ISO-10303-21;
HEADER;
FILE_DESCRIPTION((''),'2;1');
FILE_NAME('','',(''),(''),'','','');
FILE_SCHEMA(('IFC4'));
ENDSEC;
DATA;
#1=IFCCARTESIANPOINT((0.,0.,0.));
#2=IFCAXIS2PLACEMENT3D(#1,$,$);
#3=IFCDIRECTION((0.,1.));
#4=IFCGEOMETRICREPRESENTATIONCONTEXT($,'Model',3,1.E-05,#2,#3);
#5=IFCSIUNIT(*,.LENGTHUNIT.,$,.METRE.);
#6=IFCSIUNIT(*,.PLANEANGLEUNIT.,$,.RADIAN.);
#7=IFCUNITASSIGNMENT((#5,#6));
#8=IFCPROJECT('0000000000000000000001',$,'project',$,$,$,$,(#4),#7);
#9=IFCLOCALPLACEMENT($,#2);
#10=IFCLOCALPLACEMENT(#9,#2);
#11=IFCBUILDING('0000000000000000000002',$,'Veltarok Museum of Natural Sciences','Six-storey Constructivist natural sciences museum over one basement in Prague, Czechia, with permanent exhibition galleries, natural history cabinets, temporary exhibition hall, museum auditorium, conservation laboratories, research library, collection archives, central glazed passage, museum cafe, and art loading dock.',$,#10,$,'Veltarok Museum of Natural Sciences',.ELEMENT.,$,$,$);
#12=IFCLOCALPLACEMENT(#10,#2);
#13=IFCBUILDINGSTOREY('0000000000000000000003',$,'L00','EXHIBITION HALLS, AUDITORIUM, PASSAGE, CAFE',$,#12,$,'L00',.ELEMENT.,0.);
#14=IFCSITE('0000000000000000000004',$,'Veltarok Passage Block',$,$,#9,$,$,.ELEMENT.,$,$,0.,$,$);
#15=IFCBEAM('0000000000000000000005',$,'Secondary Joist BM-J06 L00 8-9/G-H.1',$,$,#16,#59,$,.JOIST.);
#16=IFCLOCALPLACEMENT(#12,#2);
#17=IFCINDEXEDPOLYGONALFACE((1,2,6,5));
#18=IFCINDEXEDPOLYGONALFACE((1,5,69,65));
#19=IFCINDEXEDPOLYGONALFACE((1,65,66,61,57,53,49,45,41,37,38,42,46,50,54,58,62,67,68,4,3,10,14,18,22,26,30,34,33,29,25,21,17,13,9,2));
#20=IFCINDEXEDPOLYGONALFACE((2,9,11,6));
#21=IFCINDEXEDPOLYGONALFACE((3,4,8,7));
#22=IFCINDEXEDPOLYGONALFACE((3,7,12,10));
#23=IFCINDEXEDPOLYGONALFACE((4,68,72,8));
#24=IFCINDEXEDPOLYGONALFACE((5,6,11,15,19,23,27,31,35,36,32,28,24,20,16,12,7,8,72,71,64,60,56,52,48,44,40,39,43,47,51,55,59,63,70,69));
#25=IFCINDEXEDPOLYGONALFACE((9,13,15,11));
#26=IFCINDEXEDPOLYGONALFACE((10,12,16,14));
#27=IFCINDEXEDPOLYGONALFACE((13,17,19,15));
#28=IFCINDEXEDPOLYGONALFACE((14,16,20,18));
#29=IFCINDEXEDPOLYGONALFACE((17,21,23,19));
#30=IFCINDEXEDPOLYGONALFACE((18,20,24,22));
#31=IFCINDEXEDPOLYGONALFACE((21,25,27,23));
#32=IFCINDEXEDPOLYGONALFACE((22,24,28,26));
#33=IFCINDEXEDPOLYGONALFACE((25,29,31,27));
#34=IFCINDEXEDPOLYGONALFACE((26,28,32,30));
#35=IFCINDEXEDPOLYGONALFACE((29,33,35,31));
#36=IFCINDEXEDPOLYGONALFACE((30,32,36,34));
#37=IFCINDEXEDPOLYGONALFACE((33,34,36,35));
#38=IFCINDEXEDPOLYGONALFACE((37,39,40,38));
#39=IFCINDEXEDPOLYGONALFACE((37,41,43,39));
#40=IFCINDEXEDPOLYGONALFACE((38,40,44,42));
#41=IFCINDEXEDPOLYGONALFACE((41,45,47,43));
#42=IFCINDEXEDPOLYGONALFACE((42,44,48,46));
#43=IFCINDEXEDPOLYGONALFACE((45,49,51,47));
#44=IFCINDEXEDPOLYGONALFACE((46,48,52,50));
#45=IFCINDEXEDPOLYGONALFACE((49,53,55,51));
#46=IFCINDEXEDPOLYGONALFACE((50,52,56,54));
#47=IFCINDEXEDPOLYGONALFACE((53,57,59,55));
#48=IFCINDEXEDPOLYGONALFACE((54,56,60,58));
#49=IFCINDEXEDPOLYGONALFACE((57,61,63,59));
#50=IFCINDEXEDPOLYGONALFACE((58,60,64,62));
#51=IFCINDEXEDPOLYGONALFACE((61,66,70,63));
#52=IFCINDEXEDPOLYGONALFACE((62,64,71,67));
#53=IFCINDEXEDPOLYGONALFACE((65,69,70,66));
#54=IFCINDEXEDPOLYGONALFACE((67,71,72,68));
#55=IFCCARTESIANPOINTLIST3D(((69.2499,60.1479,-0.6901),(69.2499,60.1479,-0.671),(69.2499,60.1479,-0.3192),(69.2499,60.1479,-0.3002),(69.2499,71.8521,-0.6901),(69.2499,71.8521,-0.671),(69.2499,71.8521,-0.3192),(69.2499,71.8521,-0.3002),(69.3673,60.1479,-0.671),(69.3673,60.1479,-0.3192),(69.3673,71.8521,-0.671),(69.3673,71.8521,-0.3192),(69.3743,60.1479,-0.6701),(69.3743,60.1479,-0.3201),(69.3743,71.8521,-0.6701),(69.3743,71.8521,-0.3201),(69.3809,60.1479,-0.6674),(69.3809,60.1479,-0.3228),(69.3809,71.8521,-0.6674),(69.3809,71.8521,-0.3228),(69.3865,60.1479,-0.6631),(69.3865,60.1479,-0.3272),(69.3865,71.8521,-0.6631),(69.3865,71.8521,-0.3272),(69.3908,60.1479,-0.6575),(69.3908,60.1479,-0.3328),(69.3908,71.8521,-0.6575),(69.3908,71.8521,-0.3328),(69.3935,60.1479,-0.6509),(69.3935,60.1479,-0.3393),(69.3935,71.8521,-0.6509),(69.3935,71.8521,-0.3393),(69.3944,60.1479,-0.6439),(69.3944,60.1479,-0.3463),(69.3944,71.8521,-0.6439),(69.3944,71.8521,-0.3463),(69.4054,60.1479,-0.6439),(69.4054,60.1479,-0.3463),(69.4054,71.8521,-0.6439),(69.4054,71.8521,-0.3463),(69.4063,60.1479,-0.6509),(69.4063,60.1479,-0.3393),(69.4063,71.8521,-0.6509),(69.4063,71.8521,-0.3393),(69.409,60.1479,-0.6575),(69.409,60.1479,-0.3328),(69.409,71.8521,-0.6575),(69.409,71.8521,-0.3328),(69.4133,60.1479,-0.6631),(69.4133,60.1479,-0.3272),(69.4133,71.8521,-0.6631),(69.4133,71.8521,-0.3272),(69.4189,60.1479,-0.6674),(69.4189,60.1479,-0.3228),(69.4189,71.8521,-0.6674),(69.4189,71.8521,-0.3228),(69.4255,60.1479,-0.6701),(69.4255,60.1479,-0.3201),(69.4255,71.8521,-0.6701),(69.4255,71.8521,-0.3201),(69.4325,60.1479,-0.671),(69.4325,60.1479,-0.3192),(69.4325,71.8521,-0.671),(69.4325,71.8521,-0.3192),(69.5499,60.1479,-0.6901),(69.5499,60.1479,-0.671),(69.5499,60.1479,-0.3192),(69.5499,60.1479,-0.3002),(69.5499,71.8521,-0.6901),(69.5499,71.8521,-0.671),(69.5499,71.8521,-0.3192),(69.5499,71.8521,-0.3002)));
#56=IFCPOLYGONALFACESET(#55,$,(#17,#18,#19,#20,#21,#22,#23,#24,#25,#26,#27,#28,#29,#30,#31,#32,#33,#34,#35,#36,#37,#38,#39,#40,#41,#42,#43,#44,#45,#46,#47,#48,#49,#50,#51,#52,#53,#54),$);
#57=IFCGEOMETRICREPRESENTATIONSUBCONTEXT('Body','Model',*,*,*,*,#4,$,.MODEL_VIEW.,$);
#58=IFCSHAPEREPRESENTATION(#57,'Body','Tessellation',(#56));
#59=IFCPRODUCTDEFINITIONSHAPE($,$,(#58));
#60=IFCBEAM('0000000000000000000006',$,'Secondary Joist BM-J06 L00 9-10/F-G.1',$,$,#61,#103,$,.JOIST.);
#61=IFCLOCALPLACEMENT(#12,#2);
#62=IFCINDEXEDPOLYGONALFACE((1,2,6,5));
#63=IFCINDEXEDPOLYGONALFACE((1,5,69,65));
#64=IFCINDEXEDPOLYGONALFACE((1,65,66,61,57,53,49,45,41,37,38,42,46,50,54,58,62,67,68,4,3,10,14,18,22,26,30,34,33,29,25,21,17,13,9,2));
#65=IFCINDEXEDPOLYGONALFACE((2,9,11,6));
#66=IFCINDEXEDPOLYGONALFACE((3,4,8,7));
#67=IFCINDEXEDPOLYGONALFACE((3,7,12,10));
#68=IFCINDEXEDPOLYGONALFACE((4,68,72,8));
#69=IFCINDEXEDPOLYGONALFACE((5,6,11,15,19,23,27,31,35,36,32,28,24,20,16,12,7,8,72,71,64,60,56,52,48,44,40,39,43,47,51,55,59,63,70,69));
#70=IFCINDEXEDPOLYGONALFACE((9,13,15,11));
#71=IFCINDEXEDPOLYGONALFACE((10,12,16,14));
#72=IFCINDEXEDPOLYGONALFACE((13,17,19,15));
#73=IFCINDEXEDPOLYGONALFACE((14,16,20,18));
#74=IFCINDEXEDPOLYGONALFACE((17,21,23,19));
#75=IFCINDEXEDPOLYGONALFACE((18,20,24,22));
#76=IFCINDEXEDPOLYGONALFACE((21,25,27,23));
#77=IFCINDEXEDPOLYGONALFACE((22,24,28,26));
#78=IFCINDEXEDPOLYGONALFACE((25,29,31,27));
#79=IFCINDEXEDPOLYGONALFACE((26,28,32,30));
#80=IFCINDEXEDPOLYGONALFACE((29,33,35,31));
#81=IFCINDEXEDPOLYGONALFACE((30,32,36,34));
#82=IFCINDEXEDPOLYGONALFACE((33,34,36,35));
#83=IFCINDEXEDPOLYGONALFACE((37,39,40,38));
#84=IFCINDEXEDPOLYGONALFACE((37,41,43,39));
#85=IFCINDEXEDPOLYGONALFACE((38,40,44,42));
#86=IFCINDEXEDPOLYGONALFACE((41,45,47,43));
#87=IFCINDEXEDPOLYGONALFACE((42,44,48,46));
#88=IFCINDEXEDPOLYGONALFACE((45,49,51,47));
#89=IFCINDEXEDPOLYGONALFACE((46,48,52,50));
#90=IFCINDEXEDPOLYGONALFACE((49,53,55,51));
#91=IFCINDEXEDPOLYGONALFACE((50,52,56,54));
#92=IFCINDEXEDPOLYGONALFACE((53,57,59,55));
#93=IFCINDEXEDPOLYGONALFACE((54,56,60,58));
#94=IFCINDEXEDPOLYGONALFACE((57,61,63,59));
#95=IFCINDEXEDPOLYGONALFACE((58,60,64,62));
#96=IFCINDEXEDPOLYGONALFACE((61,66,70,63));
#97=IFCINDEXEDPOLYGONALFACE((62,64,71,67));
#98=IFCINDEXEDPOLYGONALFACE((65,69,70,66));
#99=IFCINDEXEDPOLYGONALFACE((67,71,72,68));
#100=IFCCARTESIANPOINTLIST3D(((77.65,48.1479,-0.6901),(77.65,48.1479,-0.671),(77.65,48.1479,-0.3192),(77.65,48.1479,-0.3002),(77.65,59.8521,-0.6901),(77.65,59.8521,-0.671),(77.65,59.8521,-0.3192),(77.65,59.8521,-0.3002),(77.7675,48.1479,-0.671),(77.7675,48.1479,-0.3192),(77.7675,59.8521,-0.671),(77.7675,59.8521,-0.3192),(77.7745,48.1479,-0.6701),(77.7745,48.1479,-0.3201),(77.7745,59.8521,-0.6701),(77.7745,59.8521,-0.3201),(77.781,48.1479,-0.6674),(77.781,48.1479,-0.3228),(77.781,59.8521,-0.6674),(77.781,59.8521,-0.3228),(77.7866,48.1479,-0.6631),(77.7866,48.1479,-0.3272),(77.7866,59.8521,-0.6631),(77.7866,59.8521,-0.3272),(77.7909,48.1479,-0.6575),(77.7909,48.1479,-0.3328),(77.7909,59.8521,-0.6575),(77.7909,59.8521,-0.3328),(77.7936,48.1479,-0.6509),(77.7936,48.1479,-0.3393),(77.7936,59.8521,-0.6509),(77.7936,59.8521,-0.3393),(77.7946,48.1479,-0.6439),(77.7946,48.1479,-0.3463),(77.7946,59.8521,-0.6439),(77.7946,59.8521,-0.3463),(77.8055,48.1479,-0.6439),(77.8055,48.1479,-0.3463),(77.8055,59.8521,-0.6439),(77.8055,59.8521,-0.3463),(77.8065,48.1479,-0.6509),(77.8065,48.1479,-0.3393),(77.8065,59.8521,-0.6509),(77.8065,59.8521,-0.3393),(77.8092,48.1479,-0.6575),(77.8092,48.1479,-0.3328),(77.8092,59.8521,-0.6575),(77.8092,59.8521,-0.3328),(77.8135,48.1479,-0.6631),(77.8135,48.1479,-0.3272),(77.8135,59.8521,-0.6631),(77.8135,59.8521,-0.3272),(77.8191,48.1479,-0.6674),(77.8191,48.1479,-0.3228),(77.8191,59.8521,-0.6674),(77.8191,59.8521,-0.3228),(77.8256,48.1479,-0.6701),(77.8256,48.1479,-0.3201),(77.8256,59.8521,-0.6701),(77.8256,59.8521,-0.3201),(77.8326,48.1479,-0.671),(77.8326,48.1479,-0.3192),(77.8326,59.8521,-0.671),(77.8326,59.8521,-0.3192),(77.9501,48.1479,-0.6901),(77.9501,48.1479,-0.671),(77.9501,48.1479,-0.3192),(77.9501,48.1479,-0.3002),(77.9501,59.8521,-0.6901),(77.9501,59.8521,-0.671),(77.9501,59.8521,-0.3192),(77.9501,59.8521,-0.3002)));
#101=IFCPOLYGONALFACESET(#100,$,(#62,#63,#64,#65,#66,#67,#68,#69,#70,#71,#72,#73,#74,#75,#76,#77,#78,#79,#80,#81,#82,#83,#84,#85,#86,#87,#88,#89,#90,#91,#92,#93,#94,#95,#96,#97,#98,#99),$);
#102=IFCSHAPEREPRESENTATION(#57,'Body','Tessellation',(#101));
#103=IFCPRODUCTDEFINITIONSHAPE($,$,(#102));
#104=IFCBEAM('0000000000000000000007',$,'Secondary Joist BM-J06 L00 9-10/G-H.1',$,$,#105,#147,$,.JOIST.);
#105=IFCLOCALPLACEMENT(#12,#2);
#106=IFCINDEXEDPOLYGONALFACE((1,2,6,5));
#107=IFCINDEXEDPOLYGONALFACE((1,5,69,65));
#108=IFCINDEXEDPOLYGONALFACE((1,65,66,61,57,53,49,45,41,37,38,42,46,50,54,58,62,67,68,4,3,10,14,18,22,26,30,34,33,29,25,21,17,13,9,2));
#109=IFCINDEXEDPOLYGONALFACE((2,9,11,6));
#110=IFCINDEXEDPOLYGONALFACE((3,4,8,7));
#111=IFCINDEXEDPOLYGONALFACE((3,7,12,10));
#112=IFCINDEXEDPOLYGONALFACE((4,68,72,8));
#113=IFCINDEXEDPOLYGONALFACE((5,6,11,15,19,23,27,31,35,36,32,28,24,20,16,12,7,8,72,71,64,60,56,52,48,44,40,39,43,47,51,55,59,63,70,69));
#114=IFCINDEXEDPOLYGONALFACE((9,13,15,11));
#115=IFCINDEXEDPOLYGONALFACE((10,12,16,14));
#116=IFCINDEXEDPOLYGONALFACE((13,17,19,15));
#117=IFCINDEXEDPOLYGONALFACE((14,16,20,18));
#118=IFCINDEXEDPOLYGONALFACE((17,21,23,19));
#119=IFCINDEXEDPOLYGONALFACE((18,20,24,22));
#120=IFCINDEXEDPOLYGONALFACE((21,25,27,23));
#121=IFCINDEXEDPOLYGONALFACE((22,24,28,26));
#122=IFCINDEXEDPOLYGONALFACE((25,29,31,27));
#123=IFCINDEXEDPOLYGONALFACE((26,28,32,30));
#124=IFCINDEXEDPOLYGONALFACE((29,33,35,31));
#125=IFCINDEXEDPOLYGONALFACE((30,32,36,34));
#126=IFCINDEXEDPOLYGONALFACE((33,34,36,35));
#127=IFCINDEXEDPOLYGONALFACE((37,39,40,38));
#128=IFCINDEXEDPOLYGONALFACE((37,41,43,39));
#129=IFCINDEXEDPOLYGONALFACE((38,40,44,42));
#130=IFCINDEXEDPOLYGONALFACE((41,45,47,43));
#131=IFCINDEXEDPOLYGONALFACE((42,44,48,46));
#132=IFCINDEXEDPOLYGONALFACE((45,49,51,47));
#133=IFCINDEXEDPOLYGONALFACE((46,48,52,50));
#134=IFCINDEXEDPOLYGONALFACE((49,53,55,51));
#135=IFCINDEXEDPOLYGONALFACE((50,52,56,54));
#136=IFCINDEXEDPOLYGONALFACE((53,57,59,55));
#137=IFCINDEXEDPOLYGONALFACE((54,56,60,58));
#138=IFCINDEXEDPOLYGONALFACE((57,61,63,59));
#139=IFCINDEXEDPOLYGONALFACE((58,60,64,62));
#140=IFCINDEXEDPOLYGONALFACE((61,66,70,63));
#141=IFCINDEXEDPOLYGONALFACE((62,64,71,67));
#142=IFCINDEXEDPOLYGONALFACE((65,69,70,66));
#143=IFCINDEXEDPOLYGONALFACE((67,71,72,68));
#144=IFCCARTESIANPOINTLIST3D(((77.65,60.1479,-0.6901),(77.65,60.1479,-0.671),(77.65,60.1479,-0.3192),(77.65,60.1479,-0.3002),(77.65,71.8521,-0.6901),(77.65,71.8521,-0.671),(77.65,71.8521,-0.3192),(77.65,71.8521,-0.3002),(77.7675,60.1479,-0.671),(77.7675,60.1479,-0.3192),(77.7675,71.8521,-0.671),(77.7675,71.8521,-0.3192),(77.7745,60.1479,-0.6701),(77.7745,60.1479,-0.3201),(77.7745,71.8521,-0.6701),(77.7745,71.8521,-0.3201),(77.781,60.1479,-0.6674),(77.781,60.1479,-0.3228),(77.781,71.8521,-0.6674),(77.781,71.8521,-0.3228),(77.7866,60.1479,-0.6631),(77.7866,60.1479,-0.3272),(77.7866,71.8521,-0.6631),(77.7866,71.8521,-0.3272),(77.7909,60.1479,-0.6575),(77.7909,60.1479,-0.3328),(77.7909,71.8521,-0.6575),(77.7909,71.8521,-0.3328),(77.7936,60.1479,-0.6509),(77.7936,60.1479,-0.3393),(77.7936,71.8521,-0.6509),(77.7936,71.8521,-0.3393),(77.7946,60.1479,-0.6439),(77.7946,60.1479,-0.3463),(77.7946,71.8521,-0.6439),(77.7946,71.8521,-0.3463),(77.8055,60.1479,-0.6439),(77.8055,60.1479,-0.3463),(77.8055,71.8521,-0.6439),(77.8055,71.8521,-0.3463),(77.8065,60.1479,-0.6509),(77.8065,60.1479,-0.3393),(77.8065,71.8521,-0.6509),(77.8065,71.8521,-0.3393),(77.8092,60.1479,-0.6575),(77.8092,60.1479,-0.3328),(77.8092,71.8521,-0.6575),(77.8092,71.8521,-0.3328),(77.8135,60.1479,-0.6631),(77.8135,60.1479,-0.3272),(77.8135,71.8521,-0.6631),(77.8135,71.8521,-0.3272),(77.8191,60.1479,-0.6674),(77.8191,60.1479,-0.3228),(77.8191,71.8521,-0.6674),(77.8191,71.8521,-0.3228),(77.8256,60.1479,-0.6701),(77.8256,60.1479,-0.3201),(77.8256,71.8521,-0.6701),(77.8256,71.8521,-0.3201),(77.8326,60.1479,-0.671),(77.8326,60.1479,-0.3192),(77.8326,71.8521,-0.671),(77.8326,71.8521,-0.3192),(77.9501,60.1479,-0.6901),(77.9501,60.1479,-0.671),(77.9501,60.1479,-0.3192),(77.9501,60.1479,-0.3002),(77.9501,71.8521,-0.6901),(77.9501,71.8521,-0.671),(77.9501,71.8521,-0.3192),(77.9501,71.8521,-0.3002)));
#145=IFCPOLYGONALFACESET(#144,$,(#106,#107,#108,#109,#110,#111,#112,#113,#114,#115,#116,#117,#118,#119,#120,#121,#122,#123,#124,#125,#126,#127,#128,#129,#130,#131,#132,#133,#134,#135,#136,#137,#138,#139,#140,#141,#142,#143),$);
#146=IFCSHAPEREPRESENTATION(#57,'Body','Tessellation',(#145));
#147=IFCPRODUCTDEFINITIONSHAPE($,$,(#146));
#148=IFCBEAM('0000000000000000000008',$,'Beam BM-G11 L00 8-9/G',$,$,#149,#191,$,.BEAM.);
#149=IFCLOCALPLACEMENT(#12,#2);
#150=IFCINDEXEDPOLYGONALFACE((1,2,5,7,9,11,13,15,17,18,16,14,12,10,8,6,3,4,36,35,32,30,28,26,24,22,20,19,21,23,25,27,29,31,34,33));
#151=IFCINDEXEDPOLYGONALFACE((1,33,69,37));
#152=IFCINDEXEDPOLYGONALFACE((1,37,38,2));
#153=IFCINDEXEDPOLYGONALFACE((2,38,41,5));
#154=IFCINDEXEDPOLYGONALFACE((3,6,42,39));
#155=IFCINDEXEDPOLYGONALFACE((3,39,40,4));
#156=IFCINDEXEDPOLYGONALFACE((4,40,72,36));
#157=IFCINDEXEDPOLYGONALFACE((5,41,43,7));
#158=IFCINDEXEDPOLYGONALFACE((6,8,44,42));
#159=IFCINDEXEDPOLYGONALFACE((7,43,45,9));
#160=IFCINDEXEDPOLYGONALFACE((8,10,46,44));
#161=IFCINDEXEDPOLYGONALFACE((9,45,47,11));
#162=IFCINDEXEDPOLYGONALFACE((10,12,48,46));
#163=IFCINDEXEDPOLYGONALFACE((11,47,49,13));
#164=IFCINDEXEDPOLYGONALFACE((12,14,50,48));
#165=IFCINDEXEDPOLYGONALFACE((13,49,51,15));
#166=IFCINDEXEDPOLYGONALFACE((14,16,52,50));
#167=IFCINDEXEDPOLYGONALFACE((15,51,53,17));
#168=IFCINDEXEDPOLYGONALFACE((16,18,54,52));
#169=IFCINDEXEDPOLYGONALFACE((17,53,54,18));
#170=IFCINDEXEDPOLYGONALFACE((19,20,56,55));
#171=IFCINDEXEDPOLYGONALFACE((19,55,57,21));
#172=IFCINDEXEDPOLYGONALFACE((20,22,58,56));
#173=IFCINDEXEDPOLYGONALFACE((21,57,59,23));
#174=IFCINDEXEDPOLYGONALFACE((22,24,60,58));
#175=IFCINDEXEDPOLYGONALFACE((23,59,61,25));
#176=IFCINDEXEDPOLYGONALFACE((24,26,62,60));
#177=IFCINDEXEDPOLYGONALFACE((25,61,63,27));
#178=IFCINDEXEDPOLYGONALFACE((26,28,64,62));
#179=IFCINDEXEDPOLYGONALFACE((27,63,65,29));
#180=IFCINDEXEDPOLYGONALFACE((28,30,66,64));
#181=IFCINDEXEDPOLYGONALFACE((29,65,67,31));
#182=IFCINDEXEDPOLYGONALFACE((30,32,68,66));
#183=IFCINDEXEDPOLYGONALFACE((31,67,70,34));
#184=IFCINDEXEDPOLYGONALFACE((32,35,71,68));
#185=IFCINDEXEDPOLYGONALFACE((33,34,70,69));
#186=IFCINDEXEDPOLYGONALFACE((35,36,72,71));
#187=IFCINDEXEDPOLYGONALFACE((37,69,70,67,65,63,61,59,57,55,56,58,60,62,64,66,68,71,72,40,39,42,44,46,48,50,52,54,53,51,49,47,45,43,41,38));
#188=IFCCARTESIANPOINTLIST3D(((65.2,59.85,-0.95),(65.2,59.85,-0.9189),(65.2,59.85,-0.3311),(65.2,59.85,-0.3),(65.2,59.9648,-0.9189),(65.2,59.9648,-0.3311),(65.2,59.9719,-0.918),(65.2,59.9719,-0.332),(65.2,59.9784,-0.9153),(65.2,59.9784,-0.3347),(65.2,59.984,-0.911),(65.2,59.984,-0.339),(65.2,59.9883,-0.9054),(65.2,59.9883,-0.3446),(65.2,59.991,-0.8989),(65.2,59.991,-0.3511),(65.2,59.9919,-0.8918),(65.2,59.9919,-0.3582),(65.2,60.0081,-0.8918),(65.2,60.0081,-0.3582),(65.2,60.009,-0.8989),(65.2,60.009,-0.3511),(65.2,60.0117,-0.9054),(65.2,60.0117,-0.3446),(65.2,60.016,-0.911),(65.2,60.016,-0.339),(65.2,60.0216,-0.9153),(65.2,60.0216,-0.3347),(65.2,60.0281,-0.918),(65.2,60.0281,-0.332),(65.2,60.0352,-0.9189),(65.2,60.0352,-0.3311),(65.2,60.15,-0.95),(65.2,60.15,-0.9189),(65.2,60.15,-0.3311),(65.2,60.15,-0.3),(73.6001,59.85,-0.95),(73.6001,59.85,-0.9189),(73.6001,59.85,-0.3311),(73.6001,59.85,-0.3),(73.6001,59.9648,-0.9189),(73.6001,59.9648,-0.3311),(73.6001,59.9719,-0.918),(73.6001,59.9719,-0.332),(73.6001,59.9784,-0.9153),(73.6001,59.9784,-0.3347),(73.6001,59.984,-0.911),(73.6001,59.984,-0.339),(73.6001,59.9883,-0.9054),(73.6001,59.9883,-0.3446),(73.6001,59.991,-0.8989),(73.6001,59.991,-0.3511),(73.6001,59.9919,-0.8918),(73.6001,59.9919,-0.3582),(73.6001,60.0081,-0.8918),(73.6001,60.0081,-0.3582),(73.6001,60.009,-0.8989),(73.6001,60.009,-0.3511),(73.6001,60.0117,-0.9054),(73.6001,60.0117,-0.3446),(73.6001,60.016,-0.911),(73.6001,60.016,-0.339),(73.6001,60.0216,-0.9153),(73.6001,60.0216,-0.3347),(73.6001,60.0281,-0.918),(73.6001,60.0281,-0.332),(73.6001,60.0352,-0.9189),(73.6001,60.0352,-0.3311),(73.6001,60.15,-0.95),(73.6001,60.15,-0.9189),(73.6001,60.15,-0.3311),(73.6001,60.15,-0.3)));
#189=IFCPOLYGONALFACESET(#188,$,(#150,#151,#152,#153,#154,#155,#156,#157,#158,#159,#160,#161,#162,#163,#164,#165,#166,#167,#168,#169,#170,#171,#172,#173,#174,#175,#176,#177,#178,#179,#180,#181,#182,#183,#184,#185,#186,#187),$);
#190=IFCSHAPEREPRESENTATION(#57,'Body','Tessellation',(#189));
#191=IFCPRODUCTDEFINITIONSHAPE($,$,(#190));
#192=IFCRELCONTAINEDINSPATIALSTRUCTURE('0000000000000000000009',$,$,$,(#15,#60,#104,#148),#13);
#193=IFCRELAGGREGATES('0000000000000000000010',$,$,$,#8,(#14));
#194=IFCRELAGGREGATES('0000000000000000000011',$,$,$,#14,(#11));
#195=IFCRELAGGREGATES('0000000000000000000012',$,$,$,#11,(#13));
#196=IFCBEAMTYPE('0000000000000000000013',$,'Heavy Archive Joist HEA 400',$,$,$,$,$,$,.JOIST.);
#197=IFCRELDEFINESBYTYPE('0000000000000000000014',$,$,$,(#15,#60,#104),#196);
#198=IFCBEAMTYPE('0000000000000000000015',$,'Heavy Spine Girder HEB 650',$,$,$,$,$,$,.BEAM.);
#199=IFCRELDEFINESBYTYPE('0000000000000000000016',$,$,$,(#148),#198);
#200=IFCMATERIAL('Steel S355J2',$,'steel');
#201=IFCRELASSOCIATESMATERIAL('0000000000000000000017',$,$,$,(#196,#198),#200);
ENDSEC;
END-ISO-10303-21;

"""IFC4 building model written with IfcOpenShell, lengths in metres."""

from ifc_helpers import new_model, si_unit, direction, frame, origin, origin_2d, place, context, subcontext, project, spatial, i_section, extrude, material, material_profile, profile_set, type_object, element, save


model = new_model("IFC4")

# Units and contexts
model_context = context("Model", 3, precision=1e-05, world=origin(), true_north=direction((0.0, 1.0)))
body_context = subcontext(model_context, "Body", "Model", "MODEL_VIEW")
ifc_project = project(units=[si_unit("LENGTHUNIT", "METRE"), si_unit("PLANEANGLEUNIT", "RADIAN")], contexts=[model_context])

# Site, building, storey
site_placement = place(None, origin())
site = spatial("IfcSite", under=ifc_project, at=site_placement, Name="Veltarok Passage Block", CompositionType="ELEMENT", RefElevation=0.0)
building_placement = place(site_placement, origin())
building = spatial("IfcBuilding", under=site, at=building_placement, Name="Veltarok Museum of Natural Sciences", Description="Six-storey Constructivist natural sciences museum over one basement in Prague, Czechia, with permanent exhibition galleries, natural history cabinets, temporary exhibition hall, museum auditorium, conservation laboratories, research library, collection archives, central glazed passage, museum cafe, and art loading dock.", LongName="Veltarok Museum of Natural Sciences", CompositionType="ELEMENT")
storey_placement = place(building_placement, origin())
storey = spatial("IfcBuildingStorey", under=building, at=storey_placement, Name="L00", Description="EXHIBITION HALLS, AUDITORIUM, PASSAGE, CAFE", LongName="L00", CompositionType="ELEMENT", Elevation=0.0)

# Shared definitions
ifc_material_1 = material(Name="Steel S355J2", Category="steel")

# Beams
ifc_material_profile_1 = material_profile(ifc_material_1, i_section(OverallWidth=0.3, OverallDepth=0.3899, WebThickness=0.011, FlangeThickness=0.019, FilletRadius=0.0271, at=origin_2d()), Name="HEA 400")
ifc_profile_set_1 = profile_set([ifc_material_profile_1], Name="Steel S355J2")
beam_type_1 = type_object("IfcBeamType", Name="Heavy Archive Joist HEA 400", PredefinedType="JOIST", material=ifc_profile_set_1)
for number, where, z_axis, x_axis, name in (
    (1, (69.3999, 60.1479, -0.4951), (0.0, 1.0, 0.0), (-1.0, 0.0, 0.0), "Secondary Joist BM-J06 L00 8-9/G-H.1"),
    (2, (77.8, 48.1479, -0.4951), (0.0, 1.0, 0.0), (-1.0, 0.0, 0.0), "Secondary Joist BM-J06 L00 9-10/F-G.1"),
    (3, (77.8, 60.1479, -0.4951), (0.0, 1.0, 0.0), (-1.0, 0.0, 0.0), "Secondary Joist BM-J06 L00 9-10/G-H.1"),
):
    element("IfcBeam", number, at=place(storey_placement, frame(where, z_axis=z_axis, x_axis=x_axis)), inside=storey, type_object=beam_type_1, Name=name, PredefinedType="JOIST", context=body_context, shape_type="SweptSolid", body=[
        extrude(i_section(OverallWidth=0.3, OverallDepth=0.3899, WebThickness=0.011, FlangeThickness=0.019, FilletRadius=0.0271, at=origin_2d()), origin(), (0.0, 0.0, 1.0), 11.7041),
    ])
ifc_material_profile_2 = material_profile(ifc_material_1, i_section(OverallWidth=0.3, OverallDepth=0.6499, WebThickness=0.0161, FlangeThickness=0.031, FilletRadius=0.0271, at=origin_2d()), Name="HEB 650")
ifc_profile_set_2 = profile_set([ifc_material_profile_2], Name="Steel S355J2")
beam_type_2 = type_object("IfcBeamType", Name="Heavy Spine Girder HEB 650", PredefinedType="BEAM", material=ifc_profile_set_2)
beam_1_placement = place(storey_placement, frame((65.2, 60.0, -0.625), z_axis=(1.0, 0.0, 0.0), x_axis=(0.0, 1.0, 0.0)))
element("IfcBeam", 4, at=beam_1_placement, inside=storey, type_object=beam_type_2, Name="Beam BM-G11 L00 8-9/G", PredefinedType="BEAM", context=body_context, shape_type="SweptSolid", body=[
    extrude(i_section(OverallWidth=0.3, OverallDepth=0.6499, WebThickness=0.0161, FlangeThickness=0.031, FilletRadius=0.0271, at=origin_2d()), origin(), (0.0, 0.0, 1.0), 8.4001),
])

save(model, "model.ifc")
